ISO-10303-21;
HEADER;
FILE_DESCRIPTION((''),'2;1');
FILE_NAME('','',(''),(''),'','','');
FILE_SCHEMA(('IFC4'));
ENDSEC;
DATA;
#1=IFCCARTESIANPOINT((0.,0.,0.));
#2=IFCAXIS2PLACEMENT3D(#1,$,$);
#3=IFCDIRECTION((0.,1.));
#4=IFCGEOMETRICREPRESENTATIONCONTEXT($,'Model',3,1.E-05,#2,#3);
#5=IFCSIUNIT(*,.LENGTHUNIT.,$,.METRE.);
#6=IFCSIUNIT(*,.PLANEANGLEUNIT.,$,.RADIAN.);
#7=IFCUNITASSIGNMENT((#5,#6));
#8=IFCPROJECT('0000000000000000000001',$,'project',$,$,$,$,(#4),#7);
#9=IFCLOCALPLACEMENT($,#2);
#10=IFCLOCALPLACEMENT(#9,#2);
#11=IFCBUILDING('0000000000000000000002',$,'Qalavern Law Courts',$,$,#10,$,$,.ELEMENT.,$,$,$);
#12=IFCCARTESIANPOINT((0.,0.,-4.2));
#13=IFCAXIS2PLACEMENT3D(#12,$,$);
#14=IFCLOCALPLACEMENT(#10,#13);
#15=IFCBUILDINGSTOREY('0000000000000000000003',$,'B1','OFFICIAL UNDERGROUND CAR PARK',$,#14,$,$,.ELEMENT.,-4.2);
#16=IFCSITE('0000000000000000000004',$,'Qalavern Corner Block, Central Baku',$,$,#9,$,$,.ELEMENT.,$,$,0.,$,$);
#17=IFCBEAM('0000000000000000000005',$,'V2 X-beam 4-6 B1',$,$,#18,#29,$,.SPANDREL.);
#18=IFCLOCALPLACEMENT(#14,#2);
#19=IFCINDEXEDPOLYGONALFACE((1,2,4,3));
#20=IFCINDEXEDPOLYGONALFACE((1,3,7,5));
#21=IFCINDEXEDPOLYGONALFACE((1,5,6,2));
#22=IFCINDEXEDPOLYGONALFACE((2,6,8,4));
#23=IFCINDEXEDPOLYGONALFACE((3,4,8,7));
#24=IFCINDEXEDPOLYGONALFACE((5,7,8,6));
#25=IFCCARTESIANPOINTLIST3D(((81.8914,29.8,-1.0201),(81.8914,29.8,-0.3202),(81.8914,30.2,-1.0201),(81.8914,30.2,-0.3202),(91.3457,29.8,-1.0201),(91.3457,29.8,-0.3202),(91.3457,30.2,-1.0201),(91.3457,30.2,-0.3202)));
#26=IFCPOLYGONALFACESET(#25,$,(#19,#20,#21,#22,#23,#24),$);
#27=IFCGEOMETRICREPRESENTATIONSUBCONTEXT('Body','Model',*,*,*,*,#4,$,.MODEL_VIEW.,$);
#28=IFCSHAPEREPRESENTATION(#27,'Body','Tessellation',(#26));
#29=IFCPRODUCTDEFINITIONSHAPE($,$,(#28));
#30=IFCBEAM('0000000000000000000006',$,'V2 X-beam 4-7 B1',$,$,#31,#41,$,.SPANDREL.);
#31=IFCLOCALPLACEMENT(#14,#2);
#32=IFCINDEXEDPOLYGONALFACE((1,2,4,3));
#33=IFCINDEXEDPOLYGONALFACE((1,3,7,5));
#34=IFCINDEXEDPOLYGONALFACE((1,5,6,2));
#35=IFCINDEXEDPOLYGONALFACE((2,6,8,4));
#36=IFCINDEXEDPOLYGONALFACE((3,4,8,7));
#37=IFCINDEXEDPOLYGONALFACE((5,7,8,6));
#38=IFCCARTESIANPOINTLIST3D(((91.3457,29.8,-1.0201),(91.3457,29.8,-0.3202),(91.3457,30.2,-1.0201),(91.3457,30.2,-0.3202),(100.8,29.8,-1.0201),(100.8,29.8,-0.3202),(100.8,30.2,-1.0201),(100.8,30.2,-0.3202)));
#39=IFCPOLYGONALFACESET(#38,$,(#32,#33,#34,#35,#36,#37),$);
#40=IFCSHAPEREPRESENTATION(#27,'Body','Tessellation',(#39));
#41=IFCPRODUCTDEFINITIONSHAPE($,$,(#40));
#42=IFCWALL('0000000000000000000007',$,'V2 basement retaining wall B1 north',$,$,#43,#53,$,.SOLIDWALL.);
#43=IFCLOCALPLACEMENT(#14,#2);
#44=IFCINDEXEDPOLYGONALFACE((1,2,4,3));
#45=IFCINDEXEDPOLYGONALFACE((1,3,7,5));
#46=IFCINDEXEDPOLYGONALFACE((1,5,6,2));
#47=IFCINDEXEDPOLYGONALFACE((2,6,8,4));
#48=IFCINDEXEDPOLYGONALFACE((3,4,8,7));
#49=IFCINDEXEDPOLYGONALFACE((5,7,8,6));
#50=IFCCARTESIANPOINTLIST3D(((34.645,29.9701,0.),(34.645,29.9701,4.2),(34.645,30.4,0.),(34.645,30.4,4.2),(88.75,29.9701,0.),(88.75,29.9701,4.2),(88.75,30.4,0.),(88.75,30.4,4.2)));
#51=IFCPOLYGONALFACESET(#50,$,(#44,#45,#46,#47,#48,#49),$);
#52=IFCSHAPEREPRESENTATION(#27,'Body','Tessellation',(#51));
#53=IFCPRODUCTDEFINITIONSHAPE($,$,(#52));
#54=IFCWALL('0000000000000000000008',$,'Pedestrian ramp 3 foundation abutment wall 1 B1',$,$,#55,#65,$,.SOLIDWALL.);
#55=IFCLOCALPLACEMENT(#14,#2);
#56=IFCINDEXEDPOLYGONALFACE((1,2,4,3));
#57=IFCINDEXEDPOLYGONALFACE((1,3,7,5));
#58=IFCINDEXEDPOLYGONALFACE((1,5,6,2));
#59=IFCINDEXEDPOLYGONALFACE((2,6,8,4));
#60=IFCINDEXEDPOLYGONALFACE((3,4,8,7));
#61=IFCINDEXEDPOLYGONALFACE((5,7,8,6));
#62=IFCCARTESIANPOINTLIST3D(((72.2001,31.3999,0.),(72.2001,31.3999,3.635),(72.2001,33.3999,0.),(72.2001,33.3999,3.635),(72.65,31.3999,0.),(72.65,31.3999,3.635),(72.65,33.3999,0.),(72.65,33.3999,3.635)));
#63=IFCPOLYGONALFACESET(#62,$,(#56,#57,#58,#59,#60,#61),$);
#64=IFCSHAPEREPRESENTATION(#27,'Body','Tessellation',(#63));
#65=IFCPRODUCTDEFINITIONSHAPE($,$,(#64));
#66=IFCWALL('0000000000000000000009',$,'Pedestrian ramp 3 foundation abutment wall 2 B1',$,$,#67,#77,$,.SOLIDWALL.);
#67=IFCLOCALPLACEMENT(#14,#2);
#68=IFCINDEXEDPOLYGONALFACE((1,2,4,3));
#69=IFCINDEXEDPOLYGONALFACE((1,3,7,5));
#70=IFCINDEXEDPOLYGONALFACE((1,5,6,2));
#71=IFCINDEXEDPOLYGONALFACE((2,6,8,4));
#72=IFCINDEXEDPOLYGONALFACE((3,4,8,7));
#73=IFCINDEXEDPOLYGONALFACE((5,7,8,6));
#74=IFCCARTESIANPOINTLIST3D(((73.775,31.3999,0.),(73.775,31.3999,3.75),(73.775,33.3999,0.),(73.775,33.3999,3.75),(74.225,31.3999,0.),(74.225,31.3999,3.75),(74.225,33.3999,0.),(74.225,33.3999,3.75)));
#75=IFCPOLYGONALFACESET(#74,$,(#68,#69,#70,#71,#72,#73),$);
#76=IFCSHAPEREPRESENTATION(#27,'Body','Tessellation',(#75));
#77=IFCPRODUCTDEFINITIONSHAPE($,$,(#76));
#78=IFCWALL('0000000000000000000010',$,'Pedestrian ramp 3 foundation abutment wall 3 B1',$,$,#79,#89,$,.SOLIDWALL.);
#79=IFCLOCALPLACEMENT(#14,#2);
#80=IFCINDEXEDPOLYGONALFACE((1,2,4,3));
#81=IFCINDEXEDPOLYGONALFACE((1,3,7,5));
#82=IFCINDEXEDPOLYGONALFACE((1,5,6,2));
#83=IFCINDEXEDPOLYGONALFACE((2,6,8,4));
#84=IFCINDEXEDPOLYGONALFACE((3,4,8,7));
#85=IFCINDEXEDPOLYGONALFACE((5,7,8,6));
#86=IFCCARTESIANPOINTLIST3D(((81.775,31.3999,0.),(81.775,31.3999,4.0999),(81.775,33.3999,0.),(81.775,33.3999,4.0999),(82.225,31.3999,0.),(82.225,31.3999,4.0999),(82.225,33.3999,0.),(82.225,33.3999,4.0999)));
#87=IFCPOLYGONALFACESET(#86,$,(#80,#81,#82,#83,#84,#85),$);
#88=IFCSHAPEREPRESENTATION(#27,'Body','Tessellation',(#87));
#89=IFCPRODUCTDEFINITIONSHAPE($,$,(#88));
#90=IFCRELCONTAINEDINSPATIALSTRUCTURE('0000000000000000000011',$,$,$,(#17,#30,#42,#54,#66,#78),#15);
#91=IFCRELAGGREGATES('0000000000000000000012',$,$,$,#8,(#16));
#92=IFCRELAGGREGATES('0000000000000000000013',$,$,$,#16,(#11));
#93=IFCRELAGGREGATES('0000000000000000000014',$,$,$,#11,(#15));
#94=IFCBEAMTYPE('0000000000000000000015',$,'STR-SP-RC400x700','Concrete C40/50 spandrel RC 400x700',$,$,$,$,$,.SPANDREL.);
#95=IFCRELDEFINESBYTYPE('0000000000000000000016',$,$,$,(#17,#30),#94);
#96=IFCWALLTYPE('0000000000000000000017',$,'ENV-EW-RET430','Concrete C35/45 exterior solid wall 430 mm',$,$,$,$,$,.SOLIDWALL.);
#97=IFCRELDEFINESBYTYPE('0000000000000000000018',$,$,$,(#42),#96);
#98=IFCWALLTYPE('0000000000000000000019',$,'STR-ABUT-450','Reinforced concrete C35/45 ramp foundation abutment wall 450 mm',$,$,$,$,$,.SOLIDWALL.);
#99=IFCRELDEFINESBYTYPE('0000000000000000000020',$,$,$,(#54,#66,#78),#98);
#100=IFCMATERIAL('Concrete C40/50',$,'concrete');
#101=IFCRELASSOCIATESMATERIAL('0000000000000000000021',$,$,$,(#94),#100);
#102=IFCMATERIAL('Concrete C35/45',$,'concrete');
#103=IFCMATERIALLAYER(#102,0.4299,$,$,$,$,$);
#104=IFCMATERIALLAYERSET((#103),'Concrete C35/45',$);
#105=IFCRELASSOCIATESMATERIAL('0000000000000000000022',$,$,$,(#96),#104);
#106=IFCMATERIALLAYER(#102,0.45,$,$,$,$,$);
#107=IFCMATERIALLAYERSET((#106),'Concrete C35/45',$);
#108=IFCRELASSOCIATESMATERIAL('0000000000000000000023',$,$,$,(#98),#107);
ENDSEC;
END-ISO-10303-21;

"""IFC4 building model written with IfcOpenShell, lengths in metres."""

from ifc_helpers import new_model, si_unit, direction, frame, frame_2d, origin, origin_2d, place, context, subcontext, project, spatial, rectangle, extrude, material, layer, layer_set, material_profile, profile_set, type_object, element, save


model = new_model("IFC4")

# Units and contexts
model_context = context("Model", 3, precision=1e-05, world=origin(), true_north=direction((0.0, 1.0)))
body_context = subcontext(model_context, "Body", "Model", "MODEL_VIEW")
ifc_project = project(units=[si_unit("LENGTHUNIT", "METRE"), si_unit("PLANEANGLEUNIT", "RADIAN")], contexts=[model_context])

# Site, building, storey
site_placement = place(None, origin())
site = spatial("IfcSite", under=ifc_project, at=site_placement, Name="Qalavern Corner Block, Central Baku", CompositionType="ELEMENT", RefElevation=0.0)
building_placement = place(site_placement, origin())
building = spatial("IfcBuilding", under=site, at=building_placement, Name="Qalavern Law Courts", CompositionType="ELEMENT")
storey_placement = place(building_placement, frame((0.0, 0.0, -4.2)))
storey = spatial("IfcBuildingStorey", under=building, at=storey_placement, Name="B1", Description="OFFICIAL UNDERGROUND CAR PARK", CompositionType="ELEMENT", Elevation=-4.2)

# Beams
ifc_material_1 = material(Name="Concrete C40/50", Category="concrete")
ifc_material_profile_1 = material_profile(ifc_material_1, rectangle(XDim=0.3999, YDim=0.7, at=origin_2d()), Name="RC 400x700")
ifc_profile_set_1 = profile_set([ifc_material_profile_1], Name="Concrete C40/50")
beam_type_1 = type_object("IfcBeamType", Name="STR-SP-RC400x700", Description="Concrete C40/50 spandrel RC 400x700", PredefinedType="SPANDREL", material=ifc_profile_set_1)
for number, where, z_axis, x_axis, name in (
    (1, (81.8914, 30.0, -0.6702), (1.0, 0.0, 0.0), (0.0, 1.0, 0.0), "V2 X-beam 4-6 B1"),
    (2, (91.3457, 30.0, -0.6702), (1.0, 0.0, 0.0), (0.0, 1.0, 0.0), "V2 X-beam 4-7 B1"),
):
    element("IfcBeam", number, at=place(storey_placement, frame(where, z_axis=z_axis, x_axis=x_axis)), inside=storey, type_object=beam_type_1, Name=name, PredefinedType="SPANDREL", context=body_context, shape_type="SweptSolid", body=[
        extrude(rectangle(XDim=0.3999, YDim=0.7, at=origin_2d()), origin(), (0.0, 0.0, 1.0), 9.4543),
    ])

# Walls
ifc_material_2 = material(Name="Concrete C35/45", Category="concrete")
ifc_layer_1 = layer(ifc_material_2, 0.4299)
ifc_layer_set_1 = layer_set([ifc_layer_1], Name="Concrete C35/45")
wall_type_1 = type_object("IfcWallType", Name="ENV-EW-RET430", Description="Concrete C35/45 exterior solid wall 430 mm", PredefinedType="SOLIDWALL", material=ifc_layer_set_1)
wall_1_placement = place(storey_placement, frame((88.75, 30.1851, 0.0), z_axis=(0.0, 0.0, 1.0), x_axis=(-1.0, 0.0, 0.0)))
element("IfcWall", 3, at=wall_1_placement, inside=storey, type_object=wall_type_1, Name="V2 basement retaining wall B1 north", PredefinedType="SOLIDWALL", context=body_context, shape_type="SweptSolid", body=[
    extrude(rectangle(XDim=54.105, YDim=0.4299, at=frame_2d((27.0525, 0.0))), origin(), (0.0, 0.0, 1.0), 4.2),
])
ifc_layer_2 = layer(ifc_material_2, 0.45)
ifc_layer_set_2 = layer_set([ifc_layer_2], Name="Concrete C35/45")
wall_type_2 = type_object("IfcWallType", Name="STR-ABUT-450", Description="Reinforced concrete C35/45 ramp foundation abutment wall 450 mm", PredefinedType="SOLIDWALL", material=ifc_layer_set_2)
wall_2_placement = place(storey_placement, frame((72.425, 31.3999, 0.0), z_axis=(0.0, 0.0, 1.0), x_axis=(0.0, 1.0, 0.0)))
element("IfcWall", 4, at=wall_2_placement, inside=storey, type_object=wall_type_2, Name="Pedestrian ramp 3 foundation abutment wall 1 B1", PredefinedType="SOLIDWALL", context=body_context, shape_type="SweptSolid", body=[
    extrude(rectangle(XDim=2.0, YDim=0.45, at=frame_2d((1.0, 0.0))), origin(), (0.0, 0.0, 1.0), 3.635),
])
wall_3_placement = place(storey_placement, frame((74.0, 31.3999, 0.0), z_axis=(0.0, 0.0, 1.0), x_axis=(0.0, 1.0, 0.0)))
element("IfcWall", 5, at=wall_3_placement, inside=storey, type_object=wall_type_2, Name="Pedestrian ramp 3 foundation abutment wall 2 B1", PredefinedType="SOLIDWALL", context=body_context, shape_type="SweptSolid", body=[
    extrude(rectangle(XDim=2.0, YDim=0.45, at=frame_2d((1.0, 0.0))), origin(), (0.0, 0.0, 1.0), 3.75),
])
wall_4_placement = place(storey_placement, frame((82.0, 31.3999, 0.0), z_axis=(0.0, 0.0, 1.0), x_axis=(0.0, 1.0, 0.0)))
element("IfcWall", 6, at=wall_4_placement, inside=storey, type_object=wall_type_2, Name="Pedestrian ramp 3 foundation abutment wall 3 B1", PredefinedType="SOLIDWALL", context=body_context, shape_type="SweptSolid", body=[
    extrude(rectangle(XDim=2.0, YDim=0.45, at=frame_2d((1.0, 0.0))), origin(), (0.0, 0.0, 1.0), 4.0999),
])

save(model, "model.ifc")
